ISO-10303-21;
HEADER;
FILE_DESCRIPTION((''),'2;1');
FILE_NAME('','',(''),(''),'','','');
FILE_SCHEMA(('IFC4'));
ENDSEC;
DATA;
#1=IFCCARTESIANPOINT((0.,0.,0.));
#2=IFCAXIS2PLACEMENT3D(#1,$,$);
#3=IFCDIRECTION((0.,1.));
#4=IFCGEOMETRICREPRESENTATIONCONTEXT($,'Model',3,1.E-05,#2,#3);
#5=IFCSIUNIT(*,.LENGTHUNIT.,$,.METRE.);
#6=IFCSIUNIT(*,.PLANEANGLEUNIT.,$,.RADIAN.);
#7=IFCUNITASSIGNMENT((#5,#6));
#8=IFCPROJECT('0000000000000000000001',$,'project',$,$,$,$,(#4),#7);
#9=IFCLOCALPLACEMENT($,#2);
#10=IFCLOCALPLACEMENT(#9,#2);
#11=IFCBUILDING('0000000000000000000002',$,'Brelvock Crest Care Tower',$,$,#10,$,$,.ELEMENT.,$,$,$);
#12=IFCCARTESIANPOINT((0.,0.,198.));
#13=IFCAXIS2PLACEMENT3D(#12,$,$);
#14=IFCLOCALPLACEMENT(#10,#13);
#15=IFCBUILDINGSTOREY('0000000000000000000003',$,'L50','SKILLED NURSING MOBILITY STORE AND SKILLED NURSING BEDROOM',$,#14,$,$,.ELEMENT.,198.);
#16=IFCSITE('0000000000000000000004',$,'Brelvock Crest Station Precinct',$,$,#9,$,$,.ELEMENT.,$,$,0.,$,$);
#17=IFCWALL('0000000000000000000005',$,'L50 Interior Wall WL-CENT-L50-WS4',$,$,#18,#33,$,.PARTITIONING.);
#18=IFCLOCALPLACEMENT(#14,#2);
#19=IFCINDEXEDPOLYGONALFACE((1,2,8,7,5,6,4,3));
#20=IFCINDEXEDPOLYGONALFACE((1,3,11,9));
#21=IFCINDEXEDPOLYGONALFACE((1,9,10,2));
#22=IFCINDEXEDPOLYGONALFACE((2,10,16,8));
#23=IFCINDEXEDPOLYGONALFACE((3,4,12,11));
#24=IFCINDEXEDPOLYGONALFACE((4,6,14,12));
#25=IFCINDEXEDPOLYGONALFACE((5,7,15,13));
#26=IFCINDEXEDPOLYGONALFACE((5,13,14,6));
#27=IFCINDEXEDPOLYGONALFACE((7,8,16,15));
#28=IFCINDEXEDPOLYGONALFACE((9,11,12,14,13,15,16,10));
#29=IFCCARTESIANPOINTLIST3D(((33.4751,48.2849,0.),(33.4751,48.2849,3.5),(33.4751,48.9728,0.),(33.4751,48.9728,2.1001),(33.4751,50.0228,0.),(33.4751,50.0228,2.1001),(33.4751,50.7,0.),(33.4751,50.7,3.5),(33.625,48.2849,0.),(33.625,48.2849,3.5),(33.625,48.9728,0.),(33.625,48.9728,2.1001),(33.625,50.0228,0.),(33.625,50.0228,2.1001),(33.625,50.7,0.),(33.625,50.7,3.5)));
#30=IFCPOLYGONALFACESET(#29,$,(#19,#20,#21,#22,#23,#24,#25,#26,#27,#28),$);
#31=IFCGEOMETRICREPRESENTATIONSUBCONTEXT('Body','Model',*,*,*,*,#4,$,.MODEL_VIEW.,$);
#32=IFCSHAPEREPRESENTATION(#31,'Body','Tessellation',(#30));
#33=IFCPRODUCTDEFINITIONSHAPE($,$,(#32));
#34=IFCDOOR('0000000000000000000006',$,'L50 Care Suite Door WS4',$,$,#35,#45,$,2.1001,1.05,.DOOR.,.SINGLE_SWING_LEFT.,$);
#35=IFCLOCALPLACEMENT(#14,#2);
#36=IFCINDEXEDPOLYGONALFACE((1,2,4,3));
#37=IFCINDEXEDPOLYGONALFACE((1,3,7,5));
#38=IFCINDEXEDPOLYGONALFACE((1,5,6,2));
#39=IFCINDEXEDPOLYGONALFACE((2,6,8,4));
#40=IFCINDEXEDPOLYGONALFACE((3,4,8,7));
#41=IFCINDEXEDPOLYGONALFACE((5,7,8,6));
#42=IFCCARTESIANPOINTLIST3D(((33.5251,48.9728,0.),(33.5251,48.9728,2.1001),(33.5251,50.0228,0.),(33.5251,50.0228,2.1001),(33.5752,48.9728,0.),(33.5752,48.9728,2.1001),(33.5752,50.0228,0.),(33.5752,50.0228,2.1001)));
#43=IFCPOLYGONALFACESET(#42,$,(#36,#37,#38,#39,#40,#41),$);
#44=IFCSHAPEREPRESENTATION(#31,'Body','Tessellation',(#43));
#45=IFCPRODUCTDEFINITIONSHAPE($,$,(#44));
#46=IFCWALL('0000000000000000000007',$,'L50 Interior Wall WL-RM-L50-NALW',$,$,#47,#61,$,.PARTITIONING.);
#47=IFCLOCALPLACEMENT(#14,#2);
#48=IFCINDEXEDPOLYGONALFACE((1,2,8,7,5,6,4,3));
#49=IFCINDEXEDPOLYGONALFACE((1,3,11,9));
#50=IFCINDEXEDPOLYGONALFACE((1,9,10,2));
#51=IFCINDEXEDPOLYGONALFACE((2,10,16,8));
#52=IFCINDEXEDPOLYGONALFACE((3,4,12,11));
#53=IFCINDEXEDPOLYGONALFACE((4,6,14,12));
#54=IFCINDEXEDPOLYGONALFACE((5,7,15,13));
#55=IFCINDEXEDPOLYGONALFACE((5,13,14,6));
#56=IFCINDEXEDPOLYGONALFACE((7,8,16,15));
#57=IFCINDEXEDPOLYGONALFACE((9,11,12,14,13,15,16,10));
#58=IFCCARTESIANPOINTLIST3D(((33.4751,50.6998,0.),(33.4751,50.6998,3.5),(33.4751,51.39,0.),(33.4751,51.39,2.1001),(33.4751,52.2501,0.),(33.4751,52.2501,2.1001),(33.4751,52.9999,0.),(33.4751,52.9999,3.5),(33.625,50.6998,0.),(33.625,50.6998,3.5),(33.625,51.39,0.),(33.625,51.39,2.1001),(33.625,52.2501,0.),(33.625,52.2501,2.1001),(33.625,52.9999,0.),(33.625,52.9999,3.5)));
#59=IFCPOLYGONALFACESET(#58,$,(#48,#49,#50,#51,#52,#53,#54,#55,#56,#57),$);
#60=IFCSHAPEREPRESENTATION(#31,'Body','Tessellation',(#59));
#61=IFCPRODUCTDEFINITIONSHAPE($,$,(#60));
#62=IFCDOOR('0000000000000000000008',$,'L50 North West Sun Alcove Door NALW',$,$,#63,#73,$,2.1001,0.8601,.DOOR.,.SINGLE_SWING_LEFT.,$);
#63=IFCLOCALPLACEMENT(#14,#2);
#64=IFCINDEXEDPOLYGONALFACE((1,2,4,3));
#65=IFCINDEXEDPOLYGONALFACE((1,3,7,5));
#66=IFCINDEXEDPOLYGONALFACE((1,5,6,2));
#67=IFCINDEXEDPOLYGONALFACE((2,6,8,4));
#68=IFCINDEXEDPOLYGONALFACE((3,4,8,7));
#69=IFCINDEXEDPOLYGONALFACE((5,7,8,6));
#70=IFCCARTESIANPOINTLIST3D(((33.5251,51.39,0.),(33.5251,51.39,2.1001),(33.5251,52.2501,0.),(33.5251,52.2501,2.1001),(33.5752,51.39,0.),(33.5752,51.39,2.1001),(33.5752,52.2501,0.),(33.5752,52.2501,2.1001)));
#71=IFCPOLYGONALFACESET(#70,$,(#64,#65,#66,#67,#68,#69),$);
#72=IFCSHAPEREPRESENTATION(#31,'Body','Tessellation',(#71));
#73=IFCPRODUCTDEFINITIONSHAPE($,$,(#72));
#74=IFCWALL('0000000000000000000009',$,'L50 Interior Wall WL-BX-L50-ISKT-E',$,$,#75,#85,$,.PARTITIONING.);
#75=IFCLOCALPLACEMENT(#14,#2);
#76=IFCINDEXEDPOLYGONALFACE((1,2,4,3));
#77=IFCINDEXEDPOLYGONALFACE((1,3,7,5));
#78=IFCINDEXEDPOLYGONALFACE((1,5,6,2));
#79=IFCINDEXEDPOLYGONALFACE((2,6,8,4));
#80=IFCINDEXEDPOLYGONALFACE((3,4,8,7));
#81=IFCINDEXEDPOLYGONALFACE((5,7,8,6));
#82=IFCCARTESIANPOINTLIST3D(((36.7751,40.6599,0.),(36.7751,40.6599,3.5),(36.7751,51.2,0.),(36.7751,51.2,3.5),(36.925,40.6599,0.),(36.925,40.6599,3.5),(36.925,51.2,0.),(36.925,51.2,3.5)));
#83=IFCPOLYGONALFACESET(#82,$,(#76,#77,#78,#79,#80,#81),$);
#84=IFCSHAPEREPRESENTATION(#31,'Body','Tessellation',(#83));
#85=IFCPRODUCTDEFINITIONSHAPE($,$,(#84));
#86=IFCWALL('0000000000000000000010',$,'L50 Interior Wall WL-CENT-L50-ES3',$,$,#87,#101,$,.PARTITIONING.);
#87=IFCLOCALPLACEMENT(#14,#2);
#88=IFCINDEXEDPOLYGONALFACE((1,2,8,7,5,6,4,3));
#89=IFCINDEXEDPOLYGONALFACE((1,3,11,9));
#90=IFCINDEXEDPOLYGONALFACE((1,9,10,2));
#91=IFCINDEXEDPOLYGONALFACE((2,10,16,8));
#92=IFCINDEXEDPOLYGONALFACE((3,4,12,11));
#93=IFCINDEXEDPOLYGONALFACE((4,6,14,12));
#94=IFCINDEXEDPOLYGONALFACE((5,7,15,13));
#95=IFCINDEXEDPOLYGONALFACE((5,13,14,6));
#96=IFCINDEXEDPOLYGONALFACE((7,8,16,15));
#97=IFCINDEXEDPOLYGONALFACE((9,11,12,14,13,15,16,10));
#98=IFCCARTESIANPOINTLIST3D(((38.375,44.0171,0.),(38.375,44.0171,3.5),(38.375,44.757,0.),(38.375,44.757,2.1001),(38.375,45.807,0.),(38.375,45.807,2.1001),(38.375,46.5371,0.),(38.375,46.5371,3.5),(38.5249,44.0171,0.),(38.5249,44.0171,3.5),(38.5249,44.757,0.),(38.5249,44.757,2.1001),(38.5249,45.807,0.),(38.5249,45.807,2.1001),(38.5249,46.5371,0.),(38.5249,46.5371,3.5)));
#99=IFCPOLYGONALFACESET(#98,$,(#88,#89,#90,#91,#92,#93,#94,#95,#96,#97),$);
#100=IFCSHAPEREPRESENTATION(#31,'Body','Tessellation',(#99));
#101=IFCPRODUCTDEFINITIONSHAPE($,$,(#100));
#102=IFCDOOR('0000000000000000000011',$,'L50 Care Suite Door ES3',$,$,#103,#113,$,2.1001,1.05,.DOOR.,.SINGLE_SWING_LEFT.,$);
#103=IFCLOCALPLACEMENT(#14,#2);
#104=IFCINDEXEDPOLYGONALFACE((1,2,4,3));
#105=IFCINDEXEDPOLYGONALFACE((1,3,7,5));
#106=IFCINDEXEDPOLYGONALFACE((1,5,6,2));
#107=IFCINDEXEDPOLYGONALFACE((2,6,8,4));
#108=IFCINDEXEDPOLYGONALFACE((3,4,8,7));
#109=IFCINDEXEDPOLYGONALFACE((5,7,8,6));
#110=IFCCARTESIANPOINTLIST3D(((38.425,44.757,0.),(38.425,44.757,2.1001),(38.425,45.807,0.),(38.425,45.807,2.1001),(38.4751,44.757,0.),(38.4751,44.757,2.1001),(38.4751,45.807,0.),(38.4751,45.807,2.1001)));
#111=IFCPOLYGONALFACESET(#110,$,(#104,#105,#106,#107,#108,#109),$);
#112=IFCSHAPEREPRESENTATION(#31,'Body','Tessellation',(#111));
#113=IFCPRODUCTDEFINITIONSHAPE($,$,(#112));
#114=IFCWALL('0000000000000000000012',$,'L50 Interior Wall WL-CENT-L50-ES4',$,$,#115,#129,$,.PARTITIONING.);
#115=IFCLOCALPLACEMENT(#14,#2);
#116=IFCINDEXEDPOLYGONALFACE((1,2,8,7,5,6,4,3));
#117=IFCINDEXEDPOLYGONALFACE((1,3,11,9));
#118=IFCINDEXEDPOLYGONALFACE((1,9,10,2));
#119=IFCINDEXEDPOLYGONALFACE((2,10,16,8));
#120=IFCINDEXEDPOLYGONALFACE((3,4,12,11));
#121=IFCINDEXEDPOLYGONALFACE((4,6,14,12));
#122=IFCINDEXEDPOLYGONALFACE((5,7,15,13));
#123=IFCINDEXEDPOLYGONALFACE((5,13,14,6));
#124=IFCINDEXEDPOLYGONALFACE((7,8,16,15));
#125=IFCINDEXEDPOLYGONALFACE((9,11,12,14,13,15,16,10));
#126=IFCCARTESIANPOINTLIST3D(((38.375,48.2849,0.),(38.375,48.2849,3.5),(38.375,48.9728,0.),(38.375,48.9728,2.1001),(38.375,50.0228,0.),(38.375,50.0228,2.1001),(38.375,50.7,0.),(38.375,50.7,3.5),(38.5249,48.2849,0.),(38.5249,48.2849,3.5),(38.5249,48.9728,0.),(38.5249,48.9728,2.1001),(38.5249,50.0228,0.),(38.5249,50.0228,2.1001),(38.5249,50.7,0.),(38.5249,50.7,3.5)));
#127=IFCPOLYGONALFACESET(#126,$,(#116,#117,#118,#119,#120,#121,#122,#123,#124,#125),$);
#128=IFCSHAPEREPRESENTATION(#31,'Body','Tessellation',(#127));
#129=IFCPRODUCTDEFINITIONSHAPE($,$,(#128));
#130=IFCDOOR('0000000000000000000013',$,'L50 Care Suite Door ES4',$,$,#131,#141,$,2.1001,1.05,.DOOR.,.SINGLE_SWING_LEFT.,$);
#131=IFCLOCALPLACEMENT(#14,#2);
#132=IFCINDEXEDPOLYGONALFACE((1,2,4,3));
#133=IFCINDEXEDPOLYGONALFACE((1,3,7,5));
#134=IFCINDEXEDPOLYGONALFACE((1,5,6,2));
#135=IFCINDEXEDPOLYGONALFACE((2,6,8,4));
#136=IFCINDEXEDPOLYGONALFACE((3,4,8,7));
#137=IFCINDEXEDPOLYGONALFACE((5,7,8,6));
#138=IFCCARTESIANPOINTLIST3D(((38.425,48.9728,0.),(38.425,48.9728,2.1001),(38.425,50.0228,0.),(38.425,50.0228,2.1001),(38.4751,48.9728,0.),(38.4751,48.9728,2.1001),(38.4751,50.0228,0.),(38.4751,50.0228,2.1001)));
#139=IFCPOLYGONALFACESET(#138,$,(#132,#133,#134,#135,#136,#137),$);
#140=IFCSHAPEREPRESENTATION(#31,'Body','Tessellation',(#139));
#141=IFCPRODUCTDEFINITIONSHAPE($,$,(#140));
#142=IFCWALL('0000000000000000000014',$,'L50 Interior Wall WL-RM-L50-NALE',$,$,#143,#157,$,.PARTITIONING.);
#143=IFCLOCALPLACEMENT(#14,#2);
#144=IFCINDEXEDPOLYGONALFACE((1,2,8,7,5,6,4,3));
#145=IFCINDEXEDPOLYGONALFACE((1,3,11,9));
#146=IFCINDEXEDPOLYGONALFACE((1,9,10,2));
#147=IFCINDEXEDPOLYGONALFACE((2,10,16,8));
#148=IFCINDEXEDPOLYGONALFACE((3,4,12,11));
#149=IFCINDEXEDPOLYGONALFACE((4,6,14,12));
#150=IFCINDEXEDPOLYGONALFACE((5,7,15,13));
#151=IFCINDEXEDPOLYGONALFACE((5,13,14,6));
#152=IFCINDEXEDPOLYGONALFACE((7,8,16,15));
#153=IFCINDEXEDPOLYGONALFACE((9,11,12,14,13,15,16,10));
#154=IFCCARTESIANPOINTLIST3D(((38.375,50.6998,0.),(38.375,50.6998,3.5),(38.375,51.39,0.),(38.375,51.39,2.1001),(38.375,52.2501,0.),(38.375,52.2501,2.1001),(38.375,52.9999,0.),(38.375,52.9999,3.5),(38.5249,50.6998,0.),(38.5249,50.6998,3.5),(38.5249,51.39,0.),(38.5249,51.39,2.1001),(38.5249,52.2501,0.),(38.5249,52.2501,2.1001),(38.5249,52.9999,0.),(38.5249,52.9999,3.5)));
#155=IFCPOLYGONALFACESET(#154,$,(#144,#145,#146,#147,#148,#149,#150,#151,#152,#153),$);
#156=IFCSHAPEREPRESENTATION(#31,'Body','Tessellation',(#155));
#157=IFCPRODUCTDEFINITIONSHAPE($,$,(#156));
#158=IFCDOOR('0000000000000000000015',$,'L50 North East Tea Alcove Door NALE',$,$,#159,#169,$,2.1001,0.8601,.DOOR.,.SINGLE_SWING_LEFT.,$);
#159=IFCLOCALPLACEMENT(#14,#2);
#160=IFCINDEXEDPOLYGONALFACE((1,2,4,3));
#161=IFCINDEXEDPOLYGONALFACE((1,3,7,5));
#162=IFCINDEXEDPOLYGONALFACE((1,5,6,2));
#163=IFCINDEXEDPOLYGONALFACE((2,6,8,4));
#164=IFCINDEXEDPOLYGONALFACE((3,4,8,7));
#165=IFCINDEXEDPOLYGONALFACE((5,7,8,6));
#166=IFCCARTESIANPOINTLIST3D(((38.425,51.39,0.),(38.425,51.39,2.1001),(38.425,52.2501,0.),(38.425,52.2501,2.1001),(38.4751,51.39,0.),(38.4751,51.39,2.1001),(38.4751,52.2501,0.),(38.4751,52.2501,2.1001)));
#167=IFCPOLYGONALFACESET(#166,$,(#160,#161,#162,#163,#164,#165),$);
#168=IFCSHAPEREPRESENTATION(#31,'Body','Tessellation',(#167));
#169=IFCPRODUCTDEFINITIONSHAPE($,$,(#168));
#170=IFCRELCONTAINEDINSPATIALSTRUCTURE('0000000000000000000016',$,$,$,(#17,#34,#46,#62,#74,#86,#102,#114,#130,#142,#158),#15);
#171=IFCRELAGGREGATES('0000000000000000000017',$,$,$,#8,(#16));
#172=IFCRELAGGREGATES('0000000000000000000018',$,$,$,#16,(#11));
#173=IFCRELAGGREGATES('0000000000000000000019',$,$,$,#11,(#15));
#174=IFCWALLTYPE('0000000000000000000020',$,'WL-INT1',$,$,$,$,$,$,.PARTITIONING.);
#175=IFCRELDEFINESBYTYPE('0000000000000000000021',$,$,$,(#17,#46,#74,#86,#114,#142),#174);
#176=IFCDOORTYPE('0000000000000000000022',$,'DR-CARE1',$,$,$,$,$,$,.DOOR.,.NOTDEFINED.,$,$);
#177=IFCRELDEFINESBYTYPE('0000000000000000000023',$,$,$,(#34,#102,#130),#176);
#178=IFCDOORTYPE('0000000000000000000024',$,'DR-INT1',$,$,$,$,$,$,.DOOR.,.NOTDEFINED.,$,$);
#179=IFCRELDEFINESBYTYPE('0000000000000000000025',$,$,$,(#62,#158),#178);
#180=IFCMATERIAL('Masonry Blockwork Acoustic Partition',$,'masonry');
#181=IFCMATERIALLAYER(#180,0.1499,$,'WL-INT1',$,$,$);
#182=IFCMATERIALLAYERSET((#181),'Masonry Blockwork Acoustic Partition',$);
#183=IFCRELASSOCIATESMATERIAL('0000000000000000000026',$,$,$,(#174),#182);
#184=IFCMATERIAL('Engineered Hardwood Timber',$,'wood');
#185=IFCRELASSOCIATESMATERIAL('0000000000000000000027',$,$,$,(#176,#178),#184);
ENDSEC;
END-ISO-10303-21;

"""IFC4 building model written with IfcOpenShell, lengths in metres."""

from ifc_helpers import new_model, si_unit, direction, frame, frame_2d, origin, origin_2d, place, context, subcontext, project, spatial, rectangle, extrude, source, transform, mapped, material, layer, layer_set, type_object, element, fill, save


model = new_model("IFC4")

# Units and contexts
model_context = context("Model", 3, precision=1e-05, world=origin(), true_north=direction((0.0, 1.0)))
body_context = subcontext(model_context, "Body", "Model", "MODEL_VIEW")
ifc_project = project(units=[si_unit("LENGTHUNIT", "METRE"), si_unit("PLANEANGLEUNIT", "RADIAN")], contexts=[model_context])

# Site, building, storey
site_placement = place(None, origin())
site = spatial("IfcSite", under=ifc_project, at=site_placement, Name="Brelvock Crest Station Precinct", CompositionType="ELEMENT", RefElevation=0.0)
building_placement = place(site_placement, origin())
building = spatial("IfcBuilding", under=site, at=building_placement, Name="Brelvock Crest Care Tower", CompositionType="ELEMENT")
storey_placement = place(building_placement, frame((0.0, 0.0, 198.0)))
storey = spatial("IfcBuildingStorey", under=building, at=storey_placement, Name="L50", Description="SKILLED NURSING MOBILITY STORE AND SKILLED NURSING BEDROOM", CompositionType="ELEMENT", Elevation=198.0)

# Shared definitions
ifc_material_1 = material(Name="Masonry Blockwork Acoustic Partition", Category="masonry")
ifc_layer = layer(ifc_material_1, 0.1499, Name="WL-INT1")
ifc_layer_set = layer_set([ifc_layer], Name="Masonry Blockwork Acoustic Partition")
wall_type = type_object("IfcWallType", Name="WL-INT1", PredefinedType="PARTITIONING", material=ifc_layer_set)

# Walls, openings, doors
ifc_material_2 = material(Name="Engineered Hardwood Timber", Category="wood")
door_type_1 = type_object("IfcDoorType", Name="DR-CARE1", OperationType="NOTDEFINED", PredefinedType="DOOR", material=ifc_material_2)
shared_shape_1 = source(origin(), body_context, "Body", "SweptSolid", [
    extrude(rectangle(XDim=1.05, YDim=2.1001, at=origin_2d()), frame((0.5249, 0.0249, 1.05), z_axis=(0.0, -1.0, 0.0), x_axis=(1.0, 0.0, 0.0)), (0.0, 0.0, 1.0), 0.05),
])
wall_1_placement = place(storey_placement, frame((33.55, 48.2849, 0.0), z_axis=(0.0, 0.0, 1.0), x_axis=(0.0, 1.0, 0.0)))
wall_1 = element("IfcWall", 1, at=wall_1_placement, inside=storey, type_object=wall_type, Name="L50 Interior Wall WL-CENT-L50-WS4", PredefinedType="PARTITIONING", context=body_context, shape_type="SweptSolid", body=[
    extrude(rectangle(XDim=2.415, YDim=0.1499, at=frame_2d((1.2075, 0.0))), origin(), (0.0, 0.0, 1.0), 3.5),
])
opening_1_placement = place(wall_1_placement, frame((0.688, 0.0, 0.0)))
opening_1 = element("IfcOpeningElement", 2, at=opening_1_placement, cuts=wall_1, PredefinedType="OPENING", context=body_context, shape_type="SweptSolid", body=[
    extrude(rectangle(XDim=1.05, YDim=2.1001, at=origin_2d()), frame((0.5249, 0.085, 1.05), z_axis=(0.0, -1.0, 0.0), x_axis=(1.0, 0.0, 0.0)), (0.0, 0.0, 1.0), 0.1699),
])
door_1_placement = place(opening_1_placement, origin())
door_1 = element("IfcDoor", 3, at=door_1_placement, inside=storey, type_object=door_type_1, Name="L50 Care Suite Door WS4", OperationType="SINGLE_SWING_LEFT", OverallHeight=2.1001, OverallWidth=1.05, PredefinedType="DOOR", context=body_context, shape_type="MappedRepresentation", body=[
    mapped(shared_shape_1, transform((0.0, 0.0, 0.0), x_axis=(1.0, 0.0, 0.0), y_axis=(0.0, 1.0, 0.0), z_axis=(0.0, 0.0, 1.0), scale=1.0)),
])
fill(opening_1, door_1)
wall_2_placement = place(storey_placement, frame((33.55, 50.7, 0.0), z_axis=(0.0, 0.0, 1.0), x_axis=(0.0, 1.0, 0.0)))
wall_2 = element("IfcWall", 4, at=wall_2_placement, inside=storey, type_object=wall_type, Name="L50 Interior Wall WL-RM-L50-NALW", PredefinedType="PARTITIONING", context=body_context, shape_type="SweptSolid", body=[
    extrude(rectangle(XDim=2.3, YDim=0.1499, at=frame_2d((1.1499, 0.0))), origin(), (0.0, 0.0, 1.0), 3.5),
])
opening_2_placement = place(wall_2_placement, frame((0.6899, 0.0, 0.0)))
opening_2 = element("IfcOpeningElement", 5, at=opening_2_placement, cuts=wall_2, PredefinedType="OPENING", context=body_context, shape_type="SweptSolid", body=[
    extrude(rectangle(XDim=0.8601, YDim=2.1001, at=origin_2d()), frame((0.4302, 0.085, 1.05), z_axis=(0.0, -1.0, 0.0), x_axis=(1.0, 0.0, 0.0)), (0.0, 0.0, 1.0), 0.1699),
])
door_type_2 = type_object("IfcDoorType", Name="DR-INT1", OperationType="NOTDEFINED", PredefinedType="DOOR", material=ifc_material_2)
shared_shape_2 = source(origin(), body_context, "Body", "SweptSolid", [
    extrude(rectangle(XDim=0.8601, YDim=2.1001, at=origin_2d()), frame((0.4302, 0.0249, 1.05), z_axis=(0.0, -1.0, 0.0), x_axis=(1.0, 0.0, 0.0)), (0.0, 0.0, 1.0), 0.05),
])
door_2_placement = place(opening_2_placement, origin())
door_2 = element("IfcDoor", 6, at=door_2_placement, inside=storey, type_object=door_type_2, Name="L50 North West Sun Alcove Door NALW", OperationType="SINGLE_SWING_LEFT", OverallHeight=2.1001, OverallWidth=0.8601, PredefinedType="DOOR", context=body_context, shape_type="MappedRepresentation", body=[
    mapped(shared_shape_2, transform((0.0, 0.0, 0.0), x_axis=(1.0, 0.0, 0.0), y_axis=(0.0, 1.0, 0.0), z_axis=(0.0, 0.0, 1.0), scale=1.0)),
])
fill(opening_2, door_2)

# Wall
wall_3_placement = place(storey_placement, frame((36.8501, 40.6599, 0.0), z_axis=(0.0, 0.0, 1.0), x_axis=(0.0, 1.0, 0.0)))
element("IfcWall", 7, at=wall_3_placement, inside=storey, type_object=wall_type, Name="L50 Interior Wall WL-BX-L50-ISKT-E", PredefinedType="PARTITIONING", context=body_context, shape_type="SweptSolid", body=[
    extrude(rectangle(XDim=10.54, YDim=0.1499, at=frame_2d((5.27, 0.0))), origin(), (0.0, 0.0, 1.0), 3.5),
])

# Walls, openings, doors
wall_4_placement = place(storey_placement, frame((38.45, 44.0171, 0.0), z_axis=(0.0, 0.0, 1.0), x_axis=(0.0, 1.0, 0.0)))
wall_4 = element("IfcWall", 8, at=wall_4_placement, inside=storey, type_object=wall_type, Name="L50 Interior Wall WL-CENT-L50-ES3", PredefinedType="PARTITIONING", context=body_context, shape_type="SweptSolid", body=[
    extrude(rectangle(XDim=2.52, YDim=0.1499, at=frame_2d((1.26, 0.0))), origin(), (0.0, 0.0, 1.0), 3.5),
])
opening_3_placement = place(wall_4_placement, frame((0.74, 0.0, 0.0)))
opening_3 = element("IfcOpeningElement", 9, at=opening_3_placement, cuts=wall_4, PredefinedType="OPENING", context=body_context, shape_type="SweptSolid", body=[
    extrude(rectangle(XDim=1.05, YDim=2.1001, at=origin_2d()), frame((0.5249, 0.085, 1.05), z_axis=(0.0, -1.0, 0.0), x_axis=(1.0, 0.0, 0.0)), (0.0, 0.0, 1.0), 0.1699),
])
door_3_placement = place(opening_3_placement, origin())
door_3 = element("IfcDoor", 10, at=door_3_placement, inside=storey, type_object=door_type_1, Name="L50 Care Suite Door ES3", OperationType="SINGLE_SWING_LEFT", OverallHeight=2.1001, OverallWidth=1.05, PredefinedType="DOOR", context=body_context, shape_type="MappedRepresentation", body=[
    mapped(shared_shape_1, transform((0.0, 0.0, 0.0), x_axis=(1.0, 0.0, 0.0), y_axis=(0.0, 1.0, 0.0), z_axis=(0.0, 0.0, 1.0), scale=1.0)),
])
fill(opening_3, door_3)
wall_5_placement = place(storey_placement, frame((38.45, 48.2849, 0.0), z_axis=(0.0, 0.0, 1.0), x_axis=(0.0, 1.0, 0.0)))
wall_5 = element("IfcWall", 11, at=wall_5_placement, inside=storey, type_object=wall_type, Name="L50 Interior Wall WL-CENT-L50-ES4", PredefinedType="PARTITIONING", context=body_context, shape_type="SweptSolid", body=[
    extrude(rectangle(XDim=2.415, YDim=0.1499, at=frame_2d((1.2075, 0.0))), origin(), (0.0, 0.0, 1.0), 3.5),
])
opening_4_placement = place(wall_5_placement, frame((0.688, 0.0, 0.0)))
opening_4 = element("IfcOpeningElement", 12, at=opening_4_placement, cuts=wall_5, PredefinedType="OPENING", context=body_context, shape_type="SweptSolid", body=[
    extrude(rectangle(XDim=1.05, YDim=2.1001, at=origin_2d()), frame((0.5249, 0.085, 1.05), z_axis=(0.0, -1.0, 0.0), x_axis=(1.0, 0.0, 0.0)), (0.0, 0.0, 1.0), 0.1699),
])
door_4_placement = place(opening_4_placement, origin())
door_4 = element("IfcDoor", 13, at=door_4_placement, inside=storey, type_object=door_type_1, Name="L50 Care Suite Door ES4", OperationType="SINGLE_SWING_LEFT", OverallHeight=2.1001, OverallWidth=1.05, PredefinedType="DOOR", context=body_context, shape_type="MappedRepresentation", body=[
    mapped(shared_shape_1, transform((0.0, 0.0, 0.0), x_axis=(1.0, 0.0, 0.0), y_axis=(0.0, 1.0, 0.0), z_axis=(0.0, 0.0, 1.0), scale=1.0)),
])
fill(opening_4, door_4)
wall_6_placement = place(storey_placement, frame((38.45, 50.7, 0.0), z_axis=(0.0, 0.0, 1.0), x_axis=(0.0, 1.0, 0.0)))
wall_6 = element("IfcWall", 14, at=wall_6_placement, inside=storey, type_object=wall_type, Name="L50 Interior Wall WL-RM-L50-NALE", PredefinedType="PARTITIONING", context=body_context, shape_type="SweptSolid", body=[
    extrude(rectangle(XDim=2.3, YDim=0.1499, at=frame_2d((1.1499, 0.0))), origin(), (0.0, 0.0, 1.0), 3.5),
])
opening_5_placement = place(wall_6_placement, frame((0.6899, 0.0, 0.0)))
opening_5 = element("IfcOpeningElement", 15, at=opening_5_placement, cuts=wall_6, PredefinedType="OPENING", context=body_context, shape_type="SweptSolid", body=[
    extrude(rectangle(XDim=0.8601, YDim=2.1001, at=origin_2d()), frame((0.4302, 0.085, 1.05), z_axis=(0.0, -1.0, 0.0), x_axis=(1.0, 0.0, 0.0)), (0.0, 0.0, 1.0), 0.1699),
])
door_5_placement = place(opening_5_placement, origin())
door_5 = element("IfcDoor", 16, at=door_5_placement, inside=storey, type_object=door_type_2, Name="L50 North East Tea Alcove Door NALE", OperationType="SINGLE_SWING_LEFT", OverallHeight=2.1001, OverallWidth=0.8601, PredefinedType="DOOR", context=body_context, shape_type="MappedRepresentation", body=[
    mapped(shared_shape_2, transform((0.0, 0.0, 0.0), x_axis=(1.0, 0.0, 0.0), y_axis=(0.0, 1.0, 0.0), z_axis=(0.0, 0.0, 1.0), scale=1.0)),
])
fill(opening_5, door_5)

save(model, "model.ifc")
